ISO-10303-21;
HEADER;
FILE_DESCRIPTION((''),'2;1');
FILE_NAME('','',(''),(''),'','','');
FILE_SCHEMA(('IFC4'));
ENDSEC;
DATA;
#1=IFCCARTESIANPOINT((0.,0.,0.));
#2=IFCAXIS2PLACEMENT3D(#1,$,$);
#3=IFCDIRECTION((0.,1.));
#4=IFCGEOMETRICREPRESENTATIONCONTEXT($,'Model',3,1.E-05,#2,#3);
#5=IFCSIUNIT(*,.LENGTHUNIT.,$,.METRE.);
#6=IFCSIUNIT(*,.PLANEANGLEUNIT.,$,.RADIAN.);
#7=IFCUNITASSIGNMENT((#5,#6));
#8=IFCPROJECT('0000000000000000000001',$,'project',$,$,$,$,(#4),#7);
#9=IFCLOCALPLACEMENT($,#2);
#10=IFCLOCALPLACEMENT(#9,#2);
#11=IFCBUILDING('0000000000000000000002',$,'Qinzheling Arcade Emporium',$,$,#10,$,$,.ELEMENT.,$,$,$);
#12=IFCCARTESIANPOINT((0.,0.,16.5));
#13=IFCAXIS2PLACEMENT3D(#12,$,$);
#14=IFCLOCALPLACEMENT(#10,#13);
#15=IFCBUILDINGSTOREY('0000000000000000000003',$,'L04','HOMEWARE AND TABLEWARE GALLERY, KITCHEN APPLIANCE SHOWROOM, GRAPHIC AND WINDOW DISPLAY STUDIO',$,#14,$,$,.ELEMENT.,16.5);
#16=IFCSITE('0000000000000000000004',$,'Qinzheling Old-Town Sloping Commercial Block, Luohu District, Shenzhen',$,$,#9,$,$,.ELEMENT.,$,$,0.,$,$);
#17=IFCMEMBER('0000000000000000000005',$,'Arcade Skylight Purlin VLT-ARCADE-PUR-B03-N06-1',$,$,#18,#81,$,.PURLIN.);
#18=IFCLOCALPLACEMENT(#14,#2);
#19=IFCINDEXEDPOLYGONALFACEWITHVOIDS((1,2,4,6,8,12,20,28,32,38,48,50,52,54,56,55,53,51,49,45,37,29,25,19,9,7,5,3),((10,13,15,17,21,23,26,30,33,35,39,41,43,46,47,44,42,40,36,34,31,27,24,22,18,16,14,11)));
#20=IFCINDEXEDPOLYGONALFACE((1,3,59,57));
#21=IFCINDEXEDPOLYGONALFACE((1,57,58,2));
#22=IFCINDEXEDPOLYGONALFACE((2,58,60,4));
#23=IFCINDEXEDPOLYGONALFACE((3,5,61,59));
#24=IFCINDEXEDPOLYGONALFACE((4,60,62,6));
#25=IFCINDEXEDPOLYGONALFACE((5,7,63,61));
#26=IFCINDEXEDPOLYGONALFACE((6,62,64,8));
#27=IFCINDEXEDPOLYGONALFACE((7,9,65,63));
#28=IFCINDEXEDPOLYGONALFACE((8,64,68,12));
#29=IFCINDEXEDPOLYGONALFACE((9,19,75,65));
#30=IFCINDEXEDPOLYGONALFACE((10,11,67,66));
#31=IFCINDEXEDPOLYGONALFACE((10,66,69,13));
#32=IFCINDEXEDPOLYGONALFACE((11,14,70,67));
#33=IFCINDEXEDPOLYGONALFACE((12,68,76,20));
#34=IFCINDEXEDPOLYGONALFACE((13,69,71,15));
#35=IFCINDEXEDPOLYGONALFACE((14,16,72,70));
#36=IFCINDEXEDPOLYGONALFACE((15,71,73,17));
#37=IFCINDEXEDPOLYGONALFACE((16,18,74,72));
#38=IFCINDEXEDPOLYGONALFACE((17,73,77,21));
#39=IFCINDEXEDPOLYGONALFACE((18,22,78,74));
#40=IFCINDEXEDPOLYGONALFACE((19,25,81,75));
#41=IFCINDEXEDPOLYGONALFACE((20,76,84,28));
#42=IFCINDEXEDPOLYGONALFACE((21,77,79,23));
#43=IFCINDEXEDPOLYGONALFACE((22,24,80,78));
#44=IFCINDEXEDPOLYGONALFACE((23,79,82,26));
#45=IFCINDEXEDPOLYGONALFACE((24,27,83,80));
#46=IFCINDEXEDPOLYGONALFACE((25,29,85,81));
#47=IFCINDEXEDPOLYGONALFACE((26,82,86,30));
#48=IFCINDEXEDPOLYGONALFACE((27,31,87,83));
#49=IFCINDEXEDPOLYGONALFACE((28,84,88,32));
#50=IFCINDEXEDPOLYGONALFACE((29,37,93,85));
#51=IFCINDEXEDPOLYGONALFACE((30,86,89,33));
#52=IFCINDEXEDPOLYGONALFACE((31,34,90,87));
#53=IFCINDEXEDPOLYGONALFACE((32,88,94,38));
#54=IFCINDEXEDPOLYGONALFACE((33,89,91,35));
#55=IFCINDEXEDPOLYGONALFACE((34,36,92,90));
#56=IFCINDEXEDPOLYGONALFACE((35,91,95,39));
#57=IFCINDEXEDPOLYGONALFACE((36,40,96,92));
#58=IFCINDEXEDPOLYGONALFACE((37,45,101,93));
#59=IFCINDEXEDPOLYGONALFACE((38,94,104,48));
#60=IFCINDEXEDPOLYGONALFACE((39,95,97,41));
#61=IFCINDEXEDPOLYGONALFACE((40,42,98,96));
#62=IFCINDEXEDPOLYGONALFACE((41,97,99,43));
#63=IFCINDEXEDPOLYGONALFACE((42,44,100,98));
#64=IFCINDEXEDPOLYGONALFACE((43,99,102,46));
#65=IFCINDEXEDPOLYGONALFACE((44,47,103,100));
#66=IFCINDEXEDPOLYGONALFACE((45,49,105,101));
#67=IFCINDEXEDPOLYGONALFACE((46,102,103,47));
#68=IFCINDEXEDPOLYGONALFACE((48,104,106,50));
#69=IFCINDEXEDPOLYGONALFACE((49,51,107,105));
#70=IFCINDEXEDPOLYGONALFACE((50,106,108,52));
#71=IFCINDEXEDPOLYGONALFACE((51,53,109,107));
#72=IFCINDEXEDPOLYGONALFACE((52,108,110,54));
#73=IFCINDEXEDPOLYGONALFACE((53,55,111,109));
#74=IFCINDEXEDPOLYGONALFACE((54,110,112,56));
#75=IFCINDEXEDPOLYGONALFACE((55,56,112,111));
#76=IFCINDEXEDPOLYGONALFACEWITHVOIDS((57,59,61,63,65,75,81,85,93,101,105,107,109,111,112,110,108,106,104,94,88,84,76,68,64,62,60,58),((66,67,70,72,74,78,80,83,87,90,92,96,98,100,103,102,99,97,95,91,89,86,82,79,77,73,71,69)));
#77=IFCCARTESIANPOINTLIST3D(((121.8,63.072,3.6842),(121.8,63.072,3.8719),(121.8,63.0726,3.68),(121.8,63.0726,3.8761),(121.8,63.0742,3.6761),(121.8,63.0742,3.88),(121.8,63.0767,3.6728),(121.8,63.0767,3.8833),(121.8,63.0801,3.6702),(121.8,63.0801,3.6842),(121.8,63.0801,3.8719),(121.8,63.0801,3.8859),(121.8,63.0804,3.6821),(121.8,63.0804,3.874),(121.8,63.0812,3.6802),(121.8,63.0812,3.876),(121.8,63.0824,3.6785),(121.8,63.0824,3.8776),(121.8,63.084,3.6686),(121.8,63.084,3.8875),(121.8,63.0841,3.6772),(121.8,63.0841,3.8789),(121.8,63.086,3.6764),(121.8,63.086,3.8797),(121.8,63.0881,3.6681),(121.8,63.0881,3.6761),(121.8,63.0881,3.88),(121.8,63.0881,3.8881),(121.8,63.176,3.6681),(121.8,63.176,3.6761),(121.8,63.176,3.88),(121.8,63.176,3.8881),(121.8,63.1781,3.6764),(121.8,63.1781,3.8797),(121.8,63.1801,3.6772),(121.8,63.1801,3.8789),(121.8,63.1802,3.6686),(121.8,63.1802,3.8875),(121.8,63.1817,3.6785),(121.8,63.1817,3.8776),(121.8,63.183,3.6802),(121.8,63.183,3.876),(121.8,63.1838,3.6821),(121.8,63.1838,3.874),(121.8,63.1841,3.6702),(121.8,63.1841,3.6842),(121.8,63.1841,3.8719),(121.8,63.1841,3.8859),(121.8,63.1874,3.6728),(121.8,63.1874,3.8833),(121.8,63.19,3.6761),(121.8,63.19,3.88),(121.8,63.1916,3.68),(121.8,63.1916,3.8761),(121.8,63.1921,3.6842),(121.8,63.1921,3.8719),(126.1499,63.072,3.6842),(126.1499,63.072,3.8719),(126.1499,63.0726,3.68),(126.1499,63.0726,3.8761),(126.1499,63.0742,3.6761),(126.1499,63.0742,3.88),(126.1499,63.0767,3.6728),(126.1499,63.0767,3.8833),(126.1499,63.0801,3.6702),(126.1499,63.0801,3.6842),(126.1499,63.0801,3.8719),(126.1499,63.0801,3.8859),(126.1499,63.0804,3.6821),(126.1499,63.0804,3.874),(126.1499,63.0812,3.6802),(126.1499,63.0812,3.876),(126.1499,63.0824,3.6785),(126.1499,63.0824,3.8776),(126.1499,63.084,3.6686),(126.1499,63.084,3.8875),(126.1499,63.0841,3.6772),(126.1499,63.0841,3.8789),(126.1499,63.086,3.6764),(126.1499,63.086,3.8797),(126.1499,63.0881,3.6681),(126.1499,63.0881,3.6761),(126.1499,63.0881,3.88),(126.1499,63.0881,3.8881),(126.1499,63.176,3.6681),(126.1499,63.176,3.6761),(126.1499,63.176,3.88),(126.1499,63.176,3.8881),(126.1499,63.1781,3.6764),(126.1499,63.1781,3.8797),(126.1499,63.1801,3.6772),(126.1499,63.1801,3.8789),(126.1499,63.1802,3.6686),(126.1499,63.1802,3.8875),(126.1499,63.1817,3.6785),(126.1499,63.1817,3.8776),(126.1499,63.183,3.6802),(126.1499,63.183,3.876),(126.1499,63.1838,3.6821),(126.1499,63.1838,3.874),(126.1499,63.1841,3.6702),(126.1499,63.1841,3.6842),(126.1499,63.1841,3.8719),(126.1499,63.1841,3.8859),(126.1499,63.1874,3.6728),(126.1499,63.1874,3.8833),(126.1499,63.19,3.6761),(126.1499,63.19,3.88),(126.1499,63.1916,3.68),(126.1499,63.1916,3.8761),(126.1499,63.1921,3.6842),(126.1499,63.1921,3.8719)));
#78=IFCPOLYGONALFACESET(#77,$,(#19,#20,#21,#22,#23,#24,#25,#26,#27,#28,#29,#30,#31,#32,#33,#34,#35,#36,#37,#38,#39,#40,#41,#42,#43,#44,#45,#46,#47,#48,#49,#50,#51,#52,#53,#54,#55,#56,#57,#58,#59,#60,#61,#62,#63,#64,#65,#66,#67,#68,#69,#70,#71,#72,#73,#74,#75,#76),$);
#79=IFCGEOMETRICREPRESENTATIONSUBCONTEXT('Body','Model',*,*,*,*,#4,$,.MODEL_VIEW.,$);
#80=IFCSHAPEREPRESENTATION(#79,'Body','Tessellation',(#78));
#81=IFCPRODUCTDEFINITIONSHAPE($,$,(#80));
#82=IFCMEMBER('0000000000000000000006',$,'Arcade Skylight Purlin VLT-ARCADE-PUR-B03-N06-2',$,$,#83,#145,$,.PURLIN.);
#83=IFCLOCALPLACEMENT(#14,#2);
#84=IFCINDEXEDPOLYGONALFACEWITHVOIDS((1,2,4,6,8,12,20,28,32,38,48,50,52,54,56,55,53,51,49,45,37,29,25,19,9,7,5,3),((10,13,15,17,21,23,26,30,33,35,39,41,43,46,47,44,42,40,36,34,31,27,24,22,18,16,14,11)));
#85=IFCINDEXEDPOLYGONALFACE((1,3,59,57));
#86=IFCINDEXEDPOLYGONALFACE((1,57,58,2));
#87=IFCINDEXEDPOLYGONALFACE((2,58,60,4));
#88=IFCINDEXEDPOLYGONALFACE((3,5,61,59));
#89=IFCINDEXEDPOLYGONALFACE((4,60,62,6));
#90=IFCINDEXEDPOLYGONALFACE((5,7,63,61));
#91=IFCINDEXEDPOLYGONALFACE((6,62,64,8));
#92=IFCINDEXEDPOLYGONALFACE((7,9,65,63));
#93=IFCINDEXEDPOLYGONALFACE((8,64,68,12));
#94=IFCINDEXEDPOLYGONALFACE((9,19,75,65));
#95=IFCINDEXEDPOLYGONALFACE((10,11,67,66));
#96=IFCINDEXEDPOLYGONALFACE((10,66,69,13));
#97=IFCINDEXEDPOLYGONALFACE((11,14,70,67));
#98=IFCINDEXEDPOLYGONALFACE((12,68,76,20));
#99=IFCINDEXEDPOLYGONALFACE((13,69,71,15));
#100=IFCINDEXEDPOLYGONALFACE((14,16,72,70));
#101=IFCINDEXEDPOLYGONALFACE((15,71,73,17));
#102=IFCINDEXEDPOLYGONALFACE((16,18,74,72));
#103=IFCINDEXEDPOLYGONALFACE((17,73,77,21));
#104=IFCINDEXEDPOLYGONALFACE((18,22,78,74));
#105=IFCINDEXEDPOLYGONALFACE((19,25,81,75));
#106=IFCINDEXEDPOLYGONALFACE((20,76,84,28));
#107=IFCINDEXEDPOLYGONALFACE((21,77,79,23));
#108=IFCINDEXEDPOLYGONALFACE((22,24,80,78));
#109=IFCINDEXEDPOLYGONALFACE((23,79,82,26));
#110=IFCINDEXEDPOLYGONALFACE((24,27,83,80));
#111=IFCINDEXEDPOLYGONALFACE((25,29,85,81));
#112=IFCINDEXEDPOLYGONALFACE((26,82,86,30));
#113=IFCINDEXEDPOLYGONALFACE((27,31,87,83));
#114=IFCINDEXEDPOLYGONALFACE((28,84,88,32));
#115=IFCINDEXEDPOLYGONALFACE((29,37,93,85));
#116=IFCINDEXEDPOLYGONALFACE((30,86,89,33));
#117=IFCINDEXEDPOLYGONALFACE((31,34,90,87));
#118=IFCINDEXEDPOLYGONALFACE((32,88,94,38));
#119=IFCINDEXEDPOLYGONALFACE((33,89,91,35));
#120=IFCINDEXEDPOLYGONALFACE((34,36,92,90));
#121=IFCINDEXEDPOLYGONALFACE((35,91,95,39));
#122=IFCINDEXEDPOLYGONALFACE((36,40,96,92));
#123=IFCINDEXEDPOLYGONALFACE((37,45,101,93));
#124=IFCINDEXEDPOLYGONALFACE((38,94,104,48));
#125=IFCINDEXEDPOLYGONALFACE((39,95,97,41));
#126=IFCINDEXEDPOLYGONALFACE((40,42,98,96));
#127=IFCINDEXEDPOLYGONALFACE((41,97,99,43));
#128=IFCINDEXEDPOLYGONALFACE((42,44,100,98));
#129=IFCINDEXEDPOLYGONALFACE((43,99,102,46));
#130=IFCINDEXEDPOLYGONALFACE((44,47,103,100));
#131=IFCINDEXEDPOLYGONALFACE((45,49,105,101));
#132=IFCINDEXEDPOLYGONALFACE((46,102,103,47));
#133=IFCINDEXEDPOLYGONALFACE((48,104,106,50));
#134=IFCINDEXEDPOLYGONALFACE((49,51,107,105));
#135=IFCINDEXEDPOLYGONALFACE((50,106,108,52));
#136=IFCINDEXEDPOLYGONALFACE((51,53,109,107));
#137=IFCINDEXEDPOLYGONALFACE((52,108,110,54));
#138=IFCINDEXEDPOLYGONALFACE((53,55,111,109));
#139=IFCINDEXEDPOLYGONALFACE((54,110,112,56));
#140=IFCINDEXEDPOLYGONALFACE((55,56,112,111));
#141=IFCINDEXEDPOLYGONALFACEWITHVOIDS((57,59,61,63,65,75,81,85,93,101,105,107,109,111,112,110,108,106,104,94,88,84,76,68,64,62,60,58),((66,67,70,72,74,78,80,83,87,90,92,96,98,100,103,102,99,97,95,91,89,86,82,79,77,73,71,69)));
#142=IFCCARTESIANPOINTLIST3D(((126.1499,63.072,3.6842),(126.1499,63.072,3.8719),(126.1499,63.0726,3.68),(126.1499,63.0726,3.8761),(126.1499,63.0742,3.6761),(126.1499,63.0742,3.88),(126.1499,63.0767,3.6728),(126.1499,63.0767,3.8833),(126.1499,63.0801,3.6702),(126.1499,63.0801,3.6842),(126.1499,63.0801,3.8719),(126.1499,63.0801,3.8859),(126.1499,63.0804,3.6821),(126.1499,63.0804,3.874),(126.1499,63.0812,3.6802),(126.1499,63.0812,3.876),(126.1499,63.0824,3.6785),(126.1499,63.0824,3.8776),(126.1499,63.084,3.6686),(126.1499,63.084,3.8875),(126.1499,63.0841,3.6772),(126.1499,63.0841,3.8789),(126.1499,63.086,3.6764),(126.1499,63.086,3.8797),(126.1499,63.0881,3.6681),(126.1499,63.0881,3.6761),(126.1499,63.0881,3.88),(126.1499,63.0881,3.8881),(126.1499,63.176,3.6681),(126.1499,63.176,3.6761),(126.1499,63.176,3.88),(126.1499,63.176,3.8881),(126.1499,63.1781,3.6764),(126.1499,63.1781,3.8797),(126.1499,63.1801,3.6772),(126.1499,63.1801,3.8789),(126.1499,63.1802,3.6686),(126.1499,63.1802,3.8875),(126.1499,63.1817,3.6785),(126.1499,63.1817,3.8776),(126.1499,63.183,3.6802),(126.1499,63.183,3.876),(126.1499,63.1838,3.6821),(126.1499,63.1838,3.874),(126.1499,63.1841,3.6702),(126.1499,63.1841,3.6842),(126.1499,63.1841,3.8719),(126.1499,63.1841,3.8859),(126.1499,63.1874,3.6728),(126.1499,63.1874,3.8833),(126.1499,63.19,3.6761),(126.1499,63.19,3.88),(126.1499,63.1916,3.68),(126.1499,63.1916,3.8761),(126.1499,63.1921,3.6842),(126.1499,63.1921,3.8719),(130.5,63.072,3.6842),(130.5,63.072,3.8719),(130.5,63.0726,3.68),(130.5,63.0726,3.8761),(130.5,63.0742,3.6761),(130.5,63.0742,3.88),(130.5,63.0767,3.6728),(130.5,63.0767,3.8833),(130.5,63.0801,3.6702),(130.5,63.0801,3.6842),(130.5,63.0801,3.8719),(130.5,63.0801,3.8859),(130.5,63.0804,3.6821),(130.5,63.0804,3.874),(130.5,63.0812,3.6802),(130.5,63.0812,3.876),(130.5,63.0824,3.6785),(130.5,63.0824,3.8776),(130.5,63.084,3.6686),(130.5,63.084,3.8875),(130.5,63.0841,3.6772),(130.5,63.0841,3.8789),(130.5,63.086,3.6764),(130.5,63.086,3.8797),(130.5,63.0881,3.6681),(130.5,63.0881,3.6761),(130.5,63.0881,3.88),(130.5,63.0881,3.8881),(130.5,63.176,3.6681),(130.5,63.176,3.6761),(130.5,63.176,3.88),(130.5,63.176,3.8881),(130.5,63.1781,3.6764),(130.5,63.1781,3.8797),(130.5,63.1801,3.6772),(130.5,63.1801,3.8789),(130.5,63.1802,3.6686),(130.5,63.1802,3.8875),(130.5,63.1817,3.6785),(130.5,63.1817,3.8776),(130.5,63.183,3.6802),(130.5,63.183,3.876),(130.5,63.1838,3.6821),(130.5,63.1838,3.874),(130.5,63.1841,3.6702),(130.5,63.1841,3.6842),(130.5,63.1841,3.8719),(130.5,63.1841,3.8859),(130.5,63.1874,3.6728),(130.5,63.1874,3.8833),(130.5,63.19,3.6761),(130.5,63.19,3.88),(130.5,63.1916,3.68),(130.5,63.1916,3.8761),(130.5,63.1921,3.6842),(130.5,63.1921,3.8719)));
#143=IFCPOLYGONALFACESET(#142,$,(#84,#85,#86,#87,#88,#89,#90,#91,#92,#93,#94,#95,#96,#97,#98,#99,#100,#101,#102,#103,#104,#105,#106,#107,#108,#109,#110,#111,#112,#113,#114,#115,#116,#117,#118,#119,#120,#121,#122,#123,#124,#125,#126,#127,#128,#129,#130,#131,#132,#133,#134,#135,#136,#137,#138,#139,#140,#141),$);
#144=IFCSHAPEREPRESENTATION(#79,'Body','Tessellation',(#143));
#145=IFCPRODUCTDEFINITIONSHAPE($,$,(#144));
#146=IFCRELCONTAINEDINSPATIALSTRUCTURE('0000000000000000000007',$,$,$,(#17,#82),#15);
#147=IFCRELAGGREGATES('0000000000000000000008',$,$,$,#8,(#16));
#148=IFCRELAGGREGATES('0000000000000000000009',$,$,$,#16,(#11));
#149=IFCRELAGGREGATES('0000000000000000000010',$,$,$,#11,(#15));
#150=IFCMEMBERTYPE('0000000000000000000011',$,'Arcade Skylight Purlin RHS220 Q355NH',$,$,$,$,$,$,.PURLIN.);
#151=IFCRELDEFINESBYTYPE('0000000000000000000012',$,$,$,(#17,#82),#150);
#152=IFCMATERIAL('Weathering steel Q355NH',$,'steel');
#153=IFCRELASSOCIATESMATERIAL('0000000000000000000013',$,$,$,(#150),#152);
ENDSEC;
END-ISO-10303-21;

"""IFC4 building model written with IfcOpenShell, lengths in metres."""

from ifc_helpers import new_model, si_unit, direction, frame, origin, origin_2d, place, context, subcontext, project, spatial, hollow_rectangle, extrude, material, material_profile, profile_set, type_object, element, save


model = new_model("IFC4")

# Units and contexts
model_context = context("Model", 3, precision=1e-05, world=origin(), true_north=direction((0.0, 1.0)))
body_context = subcontext(model_context, "Body", "Model", "MODEL_VIEW")
ifc_project = project(units=[si_unit("LENGTHUNIT", "METRE"), si_unit("PLANEANGLEUNIT", "RADIAN")], contexts=[model_context])

# Site, building, storey
site_placement = place(None, origin())
site = spatial("IfcSite", under=ifc_project, at=site_placement, Name="Qinzheling Old-Town Sloping Commercial Block, Luohu District, Shenzhen", CompositionType="ELEMENT", RefElevation=0.0)
building_placement = place(site_placement, origin())
building = spatial("IfcBuilding", under=site, at=building_placement, Name="Qinzheling Arcade Emporium", CompositionType="ELEMENT")
storey_placement = place(building_placement, frame((0.0, 0.0, 16.5)))
storey = spatial("IfcBuildingStorey", under=building, at=storey_placement, Name="L04", Description="HOMEWARE AND TABLEWARE GALLERY, KITCHEN APPLIANCE SHOWROOM, GRAPHIC AND WINDOW DISPLAY STUDIO", CompositionType="ELEMENT", Elevation=16.5)

# Shared definitions
ifc_material_1 = material(Name="Weathering steel Q355NH", Category="steel")

# Members
ifc_material_profile_1 = material_profile(ifc_material_1, hollow_rectangle(XDim=0.1201, YDim=0.22, WallThickness=0.0081, InnerFilletRadius=0.0081, OuterFilletRadius=0.0161, at=origin_2d()), Name="RHS 220x120x8", Category="steel")
ifc_profile_set_1 = profile_set([ifc_material_profile_1], Name="Weathering steel Q355NH")
member_type = type_object("IfcMemberType", Name="Arcade Skylight Purlin RHS220 Q355NH", PredefinedType="PURLIN", material=ifc_profile_set_1)
member_1_placement = place(storey_placement, frame((121.8, 63.1321, 3.7781), z_axis=(1.0, 0.0, 0.0), x_axis=(0.0, 1.0, 0.0)))
element("IfcMember", 1, at=member_1_placement, inside=storey, type_object=member_type, Name="Arcade Skylight Purlin VLT-ARCADE-PUR-B03-N06-1", PredefinedType="PURLIN", context=body_context, shape_type="SweptSolid", body=[
    extrude(hollow_rectangle(XDim=0.1201, YDim=0.22, WallThickness=0.0081, InnerFilletRadius=0.0081, OuterFilletRadius=0.0161, at=origin_2d()), origin(), (0.0, 0.0, 1.0), 4.3499),
])
member_2_placement = place(storey_placement, frame((126.1499, 63.1321, 3.7781), z_axis=(1.0, 0.0, 0.0), x_axis=(0.0, 1.0, 0.0)))
element("IfcMember", 2, at=member_2_placement, inside=storey, type_object=member_type, Name="Arcade Skylight Purlin VLT-ARCADE-PUR-B03-N06-2", PredefinedType="PURLIN", context=body_context, shape_type="SweptSolid", body=[
    extrude(hollow_rectangle(XDim=0.1201, YDim=0.22, WallThickness=0.0081, InnerFilletRadius=0.0081, OuterFilletRadius=0.0161, at=origin_2d()), origin(), (0.0, 0.0, 1.0), 4.3501),
])

save(model, "model.ifc")
